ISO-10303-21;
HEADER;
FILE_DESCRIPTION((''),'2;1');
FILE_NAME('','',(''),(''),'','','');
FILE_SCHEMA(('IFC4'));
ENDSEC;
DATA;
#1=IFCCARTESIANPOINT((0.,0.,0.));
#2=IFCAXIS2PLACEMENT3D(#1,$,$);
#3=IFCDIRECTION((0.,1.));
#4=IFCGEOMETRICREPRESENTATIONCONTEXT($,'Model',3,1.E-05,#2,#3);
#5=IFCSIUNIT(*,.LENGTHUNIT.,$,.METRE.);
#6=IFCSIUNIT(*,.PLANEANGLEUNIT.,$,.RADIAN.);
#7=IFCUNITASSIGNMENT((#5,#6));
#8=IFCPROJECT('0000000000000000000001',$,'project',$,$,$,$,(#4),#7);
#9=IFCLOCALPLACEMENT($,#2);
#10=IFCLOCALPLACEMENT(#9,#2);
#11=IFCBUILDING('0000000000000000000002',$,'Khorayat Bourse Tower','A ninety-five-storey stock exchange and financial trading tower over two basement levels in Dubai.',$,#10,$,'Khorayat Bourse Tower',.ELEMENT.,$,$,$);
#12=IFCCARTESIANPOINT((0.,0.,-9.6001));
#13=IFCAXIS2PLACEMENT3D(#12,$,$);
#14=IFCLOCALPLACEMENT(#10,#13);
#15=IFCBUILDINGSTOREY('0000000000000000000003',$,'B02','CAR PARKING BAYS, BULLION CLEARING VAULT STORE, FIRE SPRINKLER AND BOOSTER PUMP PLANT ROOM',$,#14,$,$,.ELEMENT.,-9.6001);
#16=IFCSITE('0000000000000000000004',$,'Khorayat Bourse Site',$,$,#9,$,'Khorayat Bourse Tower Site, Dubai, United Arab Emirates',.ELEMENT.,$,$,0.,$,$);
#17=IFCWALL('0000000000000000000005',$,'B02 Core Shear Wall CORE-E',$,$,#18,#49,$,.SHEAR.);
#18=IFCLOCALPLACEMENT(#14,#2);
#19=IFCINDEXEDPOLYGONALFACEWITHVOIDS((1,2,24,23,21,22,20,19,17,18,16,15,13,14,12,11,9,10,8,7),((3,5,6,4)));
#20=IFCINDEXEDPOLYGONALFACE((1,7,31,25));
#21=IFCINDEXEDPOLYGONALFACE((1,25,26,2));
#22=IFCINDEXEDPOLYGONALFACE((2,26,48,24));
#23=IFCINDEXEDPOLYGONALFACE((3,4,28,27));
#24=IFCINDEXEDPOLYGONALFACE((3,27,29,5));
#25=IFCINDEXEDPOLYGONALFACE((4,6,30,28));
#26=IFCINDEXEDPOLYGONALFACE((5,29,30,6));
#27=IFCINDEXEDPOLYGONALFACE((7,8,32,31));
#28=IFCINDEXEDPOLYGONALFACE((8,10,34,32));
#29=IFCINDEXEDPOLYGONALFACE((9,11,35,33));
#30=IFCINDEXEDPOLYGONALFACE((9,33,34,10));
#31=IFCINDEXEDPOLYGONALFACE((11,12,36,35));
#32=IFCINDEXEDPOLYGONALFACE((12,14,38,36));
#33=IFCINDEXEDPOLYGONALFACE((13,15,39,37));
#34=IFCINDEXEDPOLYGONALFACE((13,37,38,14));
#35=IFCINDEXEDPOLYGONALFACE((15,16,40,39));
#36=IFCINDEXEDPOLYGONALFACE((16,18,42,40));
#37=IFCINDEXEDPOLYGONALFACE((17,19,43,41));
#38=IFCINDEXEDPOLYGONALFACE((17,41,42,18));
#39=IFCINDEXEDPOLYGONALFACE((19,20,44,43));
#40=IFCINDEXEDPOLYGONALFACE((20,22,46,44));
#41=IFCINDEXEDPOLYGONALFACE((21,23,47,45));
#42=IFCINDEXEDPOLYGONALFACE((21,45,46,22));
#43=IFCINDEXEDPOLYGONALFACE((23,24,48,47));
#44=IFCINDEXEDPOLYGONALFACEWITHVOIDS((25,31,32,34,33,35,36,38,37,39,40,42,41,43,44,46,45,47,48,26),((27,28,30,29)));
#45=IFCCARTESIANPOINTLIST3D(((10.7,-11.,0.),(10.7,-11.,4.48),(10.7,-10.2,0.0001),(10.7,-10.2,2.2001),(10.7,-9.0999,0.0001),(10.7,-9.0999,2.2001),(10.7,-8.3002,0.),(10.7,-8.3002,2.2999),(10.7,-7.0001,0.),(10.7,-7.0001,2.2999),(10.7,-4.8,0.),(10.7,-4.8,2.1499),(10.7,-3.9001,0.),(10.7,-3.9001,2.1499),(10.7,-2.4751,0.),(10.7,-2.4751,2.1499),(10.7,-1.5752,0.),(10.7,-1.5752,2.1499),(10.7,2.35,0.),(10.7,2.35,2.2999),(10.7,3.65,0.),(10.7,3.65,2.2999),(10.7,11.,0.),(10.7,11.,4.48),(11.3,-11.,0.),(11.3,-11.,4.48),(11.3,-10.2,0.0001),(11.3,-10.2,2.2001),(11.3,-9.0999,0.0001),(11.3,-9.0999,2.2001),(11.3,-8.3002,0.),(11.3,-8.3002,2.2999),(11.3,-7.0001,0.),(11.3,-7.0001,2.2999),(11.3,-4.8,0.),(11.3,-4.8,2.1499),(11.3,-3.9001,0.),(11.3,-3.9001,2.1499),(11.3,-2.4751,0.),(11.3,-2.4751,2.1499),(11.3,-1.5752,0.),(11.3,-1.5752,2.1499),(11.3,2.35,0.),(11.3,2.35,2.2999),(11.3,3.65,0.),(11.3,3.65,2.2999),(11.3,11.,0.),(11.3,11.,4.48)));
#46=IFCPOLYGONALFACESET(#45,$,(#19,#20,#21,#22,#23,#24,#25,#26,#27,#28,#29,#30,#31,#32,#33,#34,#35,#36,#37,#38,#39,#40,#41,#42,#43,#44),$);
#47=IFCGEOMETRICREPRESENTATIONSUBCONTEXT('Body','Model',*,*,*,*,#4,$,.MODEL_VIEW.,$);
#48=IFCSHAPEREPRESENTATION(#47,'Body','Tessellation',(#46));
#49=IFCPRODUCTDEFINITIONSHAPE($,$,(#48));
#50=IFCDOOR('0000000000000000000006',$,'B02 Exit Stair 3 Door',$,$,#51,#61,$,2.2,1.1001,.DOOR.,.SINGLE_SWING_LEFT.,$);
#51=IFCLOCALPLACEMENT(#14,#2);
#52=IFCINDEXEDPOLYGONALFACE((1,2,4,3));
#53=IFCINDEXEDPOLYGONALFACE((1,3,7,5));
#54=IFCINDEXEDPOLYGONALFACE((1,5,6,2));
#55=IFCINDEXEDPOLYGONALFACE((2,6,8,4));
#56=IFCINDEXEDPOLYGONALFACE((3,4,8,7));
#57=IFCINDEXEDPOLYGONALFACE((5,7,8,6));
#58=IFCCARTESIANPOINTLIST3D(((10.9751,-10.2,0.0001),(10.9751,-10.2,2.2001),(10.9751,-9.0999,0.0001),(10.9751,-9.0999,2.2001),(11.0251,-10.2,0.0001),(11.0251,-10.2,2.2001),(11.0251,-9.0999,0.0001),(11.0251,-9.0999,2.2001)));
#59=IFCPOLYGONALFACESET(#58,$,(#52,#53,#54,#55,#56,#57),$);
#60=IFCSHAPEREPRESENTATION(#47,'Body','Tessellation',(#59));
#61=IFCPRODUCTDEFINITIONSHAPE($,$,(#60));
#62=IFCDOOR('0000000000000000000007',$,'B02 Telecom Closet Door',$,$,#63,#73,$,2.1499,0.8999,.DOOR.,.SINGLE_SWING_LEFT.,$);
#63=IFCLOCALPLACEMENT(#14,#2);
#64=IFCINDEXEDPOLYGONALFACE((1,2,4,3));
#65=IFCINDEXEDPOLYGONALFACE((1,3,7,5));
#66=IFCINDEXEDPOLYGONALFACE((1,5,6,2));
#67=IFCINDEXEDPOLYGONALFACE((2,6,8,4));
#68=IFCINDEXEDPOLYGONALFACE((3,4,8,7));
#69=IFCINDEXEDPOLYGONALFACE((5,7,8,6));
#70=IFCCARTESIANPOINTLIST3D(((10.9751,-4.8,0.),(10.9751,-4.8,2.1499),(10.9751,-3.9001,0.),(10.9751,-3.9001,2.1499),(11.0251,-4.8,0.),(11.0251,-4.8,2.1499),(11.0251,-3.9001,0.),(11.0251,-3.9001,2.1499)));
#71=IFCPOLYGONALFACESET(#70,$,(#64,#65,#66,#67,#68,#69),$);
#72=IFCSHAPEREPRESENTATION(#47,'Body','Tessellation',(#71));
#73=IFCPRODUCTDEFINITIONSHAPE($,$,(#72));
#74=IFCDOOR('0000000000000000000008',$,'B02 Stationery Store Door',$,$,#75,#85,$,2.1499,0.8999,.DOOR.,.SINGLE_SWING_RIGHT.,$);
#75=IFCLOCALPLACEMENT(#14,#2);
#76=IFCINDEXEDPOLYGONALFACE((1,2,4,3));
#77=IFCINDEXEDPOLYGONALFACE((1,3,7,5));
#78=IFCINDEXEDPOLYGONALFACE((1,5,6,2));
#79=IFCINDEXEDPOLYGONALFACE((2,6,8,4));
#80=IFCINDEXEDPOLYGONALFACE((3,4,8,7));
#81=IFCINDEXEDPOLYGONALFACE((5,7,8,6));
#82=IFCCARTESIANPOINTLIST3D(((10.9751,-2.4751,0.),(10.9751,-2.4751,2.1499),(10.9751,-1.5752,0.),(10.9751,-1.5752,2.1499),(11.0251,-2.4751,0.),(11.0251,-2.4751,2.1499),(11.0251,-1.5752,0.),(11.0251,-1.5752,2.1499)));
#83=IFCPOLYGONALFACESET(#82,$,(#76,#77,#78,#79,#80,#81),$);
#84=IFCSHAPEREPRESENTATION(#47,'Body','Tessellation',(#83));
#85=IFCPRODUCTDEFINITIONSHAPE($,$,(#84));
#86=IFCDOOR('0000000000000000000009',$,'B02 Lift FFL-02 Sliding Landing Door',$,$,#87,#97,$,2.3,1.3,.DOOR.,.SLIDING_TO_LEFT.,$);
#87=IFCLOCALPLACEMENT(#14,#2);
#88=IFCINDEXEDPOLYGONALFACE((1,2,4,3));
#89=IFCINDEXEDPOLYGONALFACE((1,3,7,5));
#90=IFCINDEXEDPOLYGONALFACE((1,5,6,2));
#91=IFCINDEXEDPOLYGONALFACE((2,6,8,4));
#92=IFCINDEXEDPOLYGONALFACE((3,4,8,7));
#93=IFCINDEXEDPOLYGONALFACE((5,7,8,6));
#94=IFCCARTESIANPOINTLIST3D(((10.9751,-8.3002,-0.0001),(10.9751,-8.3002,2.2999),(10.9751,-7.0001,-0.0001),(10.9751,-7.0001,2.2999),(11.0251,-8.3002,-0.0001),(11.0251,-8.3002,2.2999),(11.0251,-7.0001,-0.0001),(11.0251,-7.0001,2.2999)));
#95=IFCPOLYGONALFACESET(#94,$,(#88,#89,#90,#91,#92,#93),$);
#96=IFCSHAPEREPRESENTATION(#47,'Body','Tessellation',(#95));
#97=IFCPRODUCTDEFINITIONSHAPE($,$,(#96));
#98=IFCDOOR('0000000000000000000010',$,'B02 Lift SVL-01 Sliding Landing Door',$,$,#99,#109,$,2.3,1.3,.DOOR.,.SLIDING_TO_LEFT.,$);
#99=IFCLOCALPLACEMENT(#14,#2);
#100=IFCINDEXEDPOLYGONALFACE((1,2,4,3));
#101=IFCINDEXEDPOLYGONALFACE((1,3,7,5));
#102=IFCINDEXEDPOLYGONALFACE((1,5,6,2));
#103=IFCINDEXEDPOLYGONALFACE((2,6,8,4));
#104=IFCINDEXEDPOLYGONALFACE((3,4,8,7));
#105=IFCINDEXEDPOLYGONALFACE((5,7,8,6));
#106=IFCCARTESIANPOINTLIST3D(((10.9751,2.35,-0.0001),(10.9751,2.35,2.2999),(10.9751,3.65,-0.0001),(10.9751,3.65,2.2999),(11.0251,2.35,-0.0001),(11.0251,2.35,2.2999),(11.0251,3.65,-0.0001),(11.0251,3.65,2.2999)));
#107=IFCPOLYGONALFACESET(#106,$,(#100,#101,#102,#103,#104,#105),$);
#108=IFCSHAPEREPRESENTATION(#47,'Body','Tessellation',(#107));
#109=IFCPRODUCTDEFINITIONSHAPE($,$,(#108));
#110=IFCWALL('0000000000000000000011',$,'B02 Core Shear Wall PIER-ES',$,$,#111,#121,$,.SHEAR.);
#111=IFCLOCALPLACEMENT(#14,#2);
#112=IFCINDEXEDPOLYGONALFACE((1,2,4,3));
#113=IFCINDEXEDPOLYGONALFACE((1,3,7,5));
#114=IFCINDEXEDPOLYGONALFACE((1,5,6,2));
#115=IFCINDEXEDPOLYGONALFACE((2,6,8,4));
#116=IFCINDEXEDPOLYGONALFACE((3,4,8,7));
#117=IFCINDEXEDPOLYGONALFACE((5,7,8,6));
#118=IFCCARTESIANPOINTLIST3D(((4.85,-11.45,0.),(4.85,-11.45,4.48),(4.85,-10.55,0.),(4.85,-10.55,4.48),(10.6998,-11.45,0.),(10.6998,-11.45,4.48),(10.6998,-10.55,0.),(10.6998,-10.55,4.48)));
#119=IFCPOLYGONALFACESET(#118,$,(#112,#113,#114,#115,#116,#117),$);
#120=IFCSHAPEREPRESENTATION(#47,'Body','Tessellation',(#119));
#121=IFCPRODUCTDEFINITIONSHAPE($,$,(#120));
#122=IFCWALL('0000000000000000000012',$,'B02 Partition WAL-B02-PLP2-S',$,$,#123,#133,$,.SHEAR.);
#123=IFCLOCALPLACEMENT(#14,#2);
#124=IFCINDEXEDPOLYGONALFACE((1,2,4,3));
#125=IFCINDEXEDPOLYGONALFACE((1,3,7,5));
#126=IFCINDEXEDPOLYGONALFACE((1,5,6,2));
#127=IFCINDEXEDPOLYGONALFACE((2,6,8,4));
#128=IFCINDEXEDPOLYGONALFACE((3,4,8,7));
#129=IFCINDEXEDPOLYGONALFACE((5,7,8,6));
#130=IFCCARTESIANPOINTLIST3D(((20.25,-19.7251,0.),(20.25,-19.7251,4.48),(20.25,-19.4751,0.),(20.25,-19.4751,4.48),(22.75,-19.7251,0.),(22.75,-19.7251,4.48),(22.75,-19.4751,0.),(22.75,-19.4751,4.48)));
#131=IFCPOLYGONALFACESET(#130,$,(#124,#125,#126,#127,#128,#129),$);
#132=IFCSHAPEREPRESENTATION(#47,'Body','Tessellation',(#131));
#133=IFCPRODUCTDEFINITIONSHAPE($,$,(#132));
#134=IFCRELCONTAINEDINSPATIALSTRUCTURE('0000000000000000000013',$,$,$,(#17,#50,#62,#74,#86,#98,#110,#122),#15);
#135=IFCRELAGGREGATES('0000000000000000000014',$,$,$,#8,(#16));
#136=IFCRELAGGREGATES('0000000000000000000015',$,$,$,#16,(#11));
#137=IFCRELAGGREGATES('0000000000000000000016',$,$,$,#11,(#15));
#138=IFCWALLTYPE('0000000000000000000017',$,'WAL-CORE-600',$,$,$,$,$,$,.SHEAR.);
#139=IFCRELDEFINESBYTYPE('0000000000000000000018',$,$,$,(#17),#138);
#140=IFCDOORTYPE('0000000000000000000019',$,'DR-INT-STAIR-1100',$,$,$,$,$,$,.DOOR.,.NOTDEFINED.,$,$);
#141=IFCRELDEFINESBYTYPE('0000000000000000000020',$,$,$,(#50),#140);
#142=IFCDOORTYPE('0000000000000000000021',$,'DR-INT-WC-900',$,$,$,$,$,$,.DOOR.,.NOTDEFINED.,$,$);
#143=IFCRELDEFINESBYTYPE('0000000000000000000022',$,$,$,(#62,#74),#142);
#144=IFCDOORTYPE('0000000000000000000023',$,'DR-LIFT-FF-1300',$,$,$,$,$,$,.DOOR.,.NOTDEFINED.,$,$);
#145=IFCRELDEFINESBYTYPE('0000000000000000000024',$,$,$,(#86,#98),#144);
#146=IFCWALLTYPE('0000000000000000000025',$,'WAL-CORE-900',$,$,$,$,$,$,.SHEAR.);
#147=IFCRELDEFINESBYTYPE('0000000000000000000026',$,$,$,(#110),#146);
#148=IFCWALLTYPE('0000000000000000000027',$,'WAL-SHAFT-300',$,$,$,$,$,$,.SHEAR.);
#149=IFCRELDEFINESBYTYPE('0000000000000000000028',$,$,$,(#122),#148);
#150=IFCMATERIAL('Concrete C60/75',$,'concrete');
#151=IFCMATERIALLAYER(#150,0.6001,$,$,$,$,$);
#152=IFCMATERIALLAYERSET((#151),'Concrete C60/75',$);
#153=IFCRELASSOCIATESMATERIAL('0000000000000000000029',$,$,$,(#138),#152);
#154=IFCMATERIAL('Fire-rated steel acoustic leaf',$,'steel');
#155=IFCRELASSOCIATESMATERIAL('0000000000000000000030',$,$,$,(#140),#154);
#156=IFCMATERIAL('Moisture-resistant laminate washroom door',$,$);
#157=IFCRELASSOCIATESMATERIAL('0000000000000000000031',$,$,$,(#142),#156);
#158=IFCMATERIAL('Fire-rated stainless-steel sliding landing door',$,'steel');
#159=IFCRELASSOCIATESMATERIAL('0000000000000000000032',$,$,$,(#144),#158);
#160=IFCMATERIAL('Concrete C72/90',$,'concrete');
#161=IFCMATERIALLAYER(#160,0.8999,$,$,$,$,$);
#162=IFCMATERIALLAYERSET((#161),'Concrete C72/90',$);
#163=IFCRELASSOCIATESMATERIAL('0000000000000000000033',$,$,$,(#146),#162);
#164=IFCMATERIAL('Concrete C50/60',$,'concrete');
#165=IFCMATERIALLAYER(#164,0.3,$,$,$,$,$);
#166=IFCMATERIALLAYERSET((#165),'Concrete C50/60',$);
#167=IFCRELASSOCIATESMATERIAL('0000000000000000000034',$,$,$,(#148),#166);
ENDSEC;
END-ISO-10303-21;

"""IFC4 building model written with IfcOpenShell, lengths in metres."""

from ifc_helpers import new_model, si_unit, direction, frame, frame_2d, origin, place, context, subcontext, project, spatial, rectangle, extrude, source, transform, mapped, material, layer, layer_set, type_object, element, fill, save


model = new_model("IFC4")

# Units and contexts
model_context = context("Model", 3, precision=1e-05, world=origin(), true_north=direction((0.0, 1.0)))
body_context = subcontext(model_context, "Body", "Model", "MODEL_VIEW")
ifc_project = project(units=[si_unit("LENGTHUNIT", "METRE"), si_unit("PLANEANGLEUNIT", "RADIAN")], contexts=[model_context])

# Site, building, storey
site_placement = place(None, origin())
site = spatial("IfcSite", under=ifc_project, at=site_placement, Name="Khorayat Bourse Site", LongName="Khorayat Bourse Tower Site, Dubai, United Arab Emirates", CompositionType="ELEMENT", RefElevation=0.0)
building_placement = place(site_placement, origin())
building = spatial("IfcBuilding", under=site, at=building_placement, Name="Khorayat Bourse Tower", Description="A ninety-five-storey stock exchange and financial trading tower over two basement levels in Dubai.", LongName="Khorayat Bourse Tower", CompositionType="ELEMENT")
storey_placement = place(building_placement, frame((0.0, 0.0, -9.6001)))
storey = spatial("IfcBuildingStorey", under=building, at=storey_placement, Name="B02", Description="CAR PARKING BAYS, BULLION CLEARING VAULT STORE, FIRE SPRINKLER AND BOOSTER PUMP PLANT ROOM", CompositionType="ELEMENT", Elevation=-9.6001)

# Shared definitions
ifc_material_1 = material(Name="Concrete C50/60", Category="concrete")

# Shared definitions
ifc_material_2 = material(Name="Concrete C72/90", Category="concrete")

# Wall, openings, doors
ifc_material_3 = material(Name="Concrete C60/75", Category="concrete")
ifc_layer_1 = layer(ifc_material_3, 0.6001)
ifc_layer_set_1 = layer_set([ifc_layer_1], Name="Concrete C60/75")
wall_type_1 = type_object("IfcWallType", Name="WAL-CORE-600", PredefinedType="SHEAR", material=ifc_layer_set_1)
shared_shape_1 = source(origin(), body_context, "Body", "SweptSolid", [
    extrude(rectangle(XDim=22.0, YDim=0.6001, at=frame_2d((11.0, 0.0))), origin(), (0.0, 0.0, 1.0), 4.48),
])
wall_1_placement = place(storey_placement, frame((11.0, -11.0, 0.0), z_axis=(0.0, 0.0, 1.0), x_axis=(0.0, 1.0, 0.0)))
wall_1 = element("IfcWall", 1, at=wall_1_placement, inside=storey, type_object=wall_type_1, Name="B02 Core Shear Wall CORE-E", PredefinedType="SHEAR", context=body_context, shape_type="MappedRepresentation", body=[
    mapped(shared_shape_1, transform((0.0, 0.0, 0.0), scale=1.0)),
])
shared_shape_2 = source(origin(), body_context, "Body", "SweptSolid", [
    extrude(rectangle(XDim=1.1001, YDim=2.2, at=frame_2d((0.55, 1.1001))), frame((0.0, 0.3101, 0.0), z_axis=(0.0, -1.0, 0.0), x_axis=(1.0, 0.0, 0.0)), (0.0, 0.0, 1.0), 0.6201),
])
opening_1_placement = place(wall_1_placement, frame((0.8, 0.0, 0.0)))
opening_1 = element("IfcOpeningElement", 2, at=opening_1_placement, cuts=wall_1, PredefinedType="OPENING", context=body_context, shape_type="MappedRepresentation", body=[
    mapped(shared_shape_2, transform((0.0, 0.0, 0.0), scale=1.0)),
])
shared_shape_3 = source(origin(), body_context, "Body", "SweptSolid", [
    extrude(rectangle(XDim=0.8999, YDim=2.1499, at=frame_2d((0.45, 1.075))), frame((0.0, 0.3101, 0.0), z_axis=(0.0, -1.0, 0.0), x_axis=(1.0, 0.0, 0.0)), (0.0, 0.0, 1.0), 0.6201),
])
opening_2_placement = place(wall_1_placement, frame((6.2, 0.0, 0.0)))
opening_2 = element("IfcOpeningElement", 3, at=opening_2_placement, cuts=wall_1, PredefinedType="OPENING", context=body_context, shape_type="MappedRepresentation", body=[
    mapped(shared_shape_3, transform((0.0, 0.0, 0.0), scale=1.0)),
])
opening_3_placement = place(wall_1_placement, frame((8.5249, 0.0, 0.0)))
opening_3 = element("IfcOpeningElement", 4, at=opening_3_placement, cuts=wall_1, PredefinedType="OPENING", context=body_context, shape_type="MappedRepresentation", body=[
    mapped(shared_shape_3, transform((0.0, 0.0, 0.0), scale=1.0)),
])
shared_shape_4 = source(origin(), body_context, "Body", "SweptSolid", [
    extrude(rectangle(XDim=1.3, YDim=2.3, at=frame_2d((0.6499, 1.1499))), frame((0.0, 0.3101, 0.0), z_axis=(0.0, -1.0, 0.0), x_axis=(1.0, 0.0, 0.0)), (0.0, 0.0, 1.0), 0.6201),
])
opening_4_placement = place(wall_1_placement, frame((2.7, 0.0, 0.0)))
opening_4 = element("IfcOpeningElement", 5, at=opening_4_placement, cuts=wall_1, PredefinedType="OPENING", context=body_context, shape_type="MappedRepresentation", body=[
    mapped(shared_shape_4, transform((0.0, 0.0, 0.0), scale=1.0)),
])
opening_5_placement = place(wall_1_placement, frame((13.3501, 0.0, 0.0)))
opening_5 = element("IfcOpeningElement", 6, at=opening_5_placement, cuts=wall_1, PredefinedType="OPENING", context=body_context, shape_type="MappedRepresentation", body=[
    mapped(shared_shape_4, transform((0.0, 0.0, 0.0), scale=1.0)),
])
ifc_material_4 = material(Name="Fire-rated steel acoustic leaf", Category="steel")
door_type_1 = type_object("IfcDoorType", Name="DR-INT-STAIR-1100", OperationType="NOTDEFINED", PredefinedType="DOOR", material=ifc_material_4)
shared_shape_5 = source(origin(), body_context, "Body", "SweptSolid", [
    extrude(rectangle(XDim=1.1001, YDim=2.2, at=frame_2d((0.55, 1.1001))), frame((0.0, 0.0249, 0.0), z_axis=(0.0, -1.0, 0.0), x_axis=(1.0, 0.0, 0.0)), (0.0, 0.0, 1.0), 0.05),
])
door_1_placement = place(opening_1_placement, origin())
door_1 = element("IfcDoor", 7, at=door_1_placement, inside=storey, type_object=door_type_1, Name="B02 Exit Stair 3 Door", OperationType="SINGLE_SWING_LEFT", OverallHeight=2.2, OverallWidth=1.1001, PredefinedType="DOOR", context=body_context, shape_type="MappedRepresentation", body=[
    mapped(shared_shape_5, transform((0.0, 0.0, 0.0), scale=1.0)),
])
fill(opening_1, door_1)
ifc_material_5 = material(Name="Moisture-resistant laminate washroom door")
door_type_2 = type_object("IfcDoorType", Name="DR-INT-WC-900", OperationType="NOTDEFINED", PredefinedType="DOOR", material=ifc_material_5)
shared_shape_6 = source(origin(), body_context, "Body", "SweptSolid", [
    extrude(rectangle(XDim=0.8999, YDim=2.1499, at=frame_2d((0.45, 1.075))), frame((0.0, 0.0249, 0.0), z_axis=(0.0, -1.0, 0.0), x_axis=(1.0, 0.0, 0.0)), (0.0, 0.0, 1.0), 0.05),
])
door_2_placement = place(opening_2_placement, origin())
door_2 = element("IfcDoor", 8, at=door_2_placement, inside=storey, type_object=door_type_2, Name="B02 Telecom Closet Door", OperationType="SINGLE_SWING_LEFT", OverallHeight=2.1499, OverallWidth=0.8999, PredefinedType="DOOR", context=body_context, shape_type="MappedRepresentation", body=[
    mapped(shared_shape_6, transform((0.0, 0.0, 0.0), scale=1.0)),
])
fill(opening_2, door_2)
door_3_placement = place(opening_3_placement, origin())
door_3 = element("IfcDoor", 9, at=door_3_placement, inside=storey, type_object=door_type_2, Name="B02 Stationery Store Door", OperationType="SINGLE_SWING_RIGHT", OverallHeight=2.1499, OverallWidth=0.8999, PredefinedType="DOOR", context=body_context, shape_type="MappedRepresentation", body=[
    mapped(shared_shape_6, transform((0.0, 0.0, 0.0), scale=1.0)),
])
fill(opening_3, door_3)
ifc_material_6 = material(Name="Fire-rated stainless-steel sliding landing door", Category="steel")
door_type_3 = type_object("IfcDoorType", Name="DR-LIFT-FF-1300", OperationType="NOTDEFINED", PredefinedType="DOOR", material=ifc_material_6)
shared_shape_7 = source(origin(), body_context, "Body", "SweptSolid", [
    extrude(rectangle(XDim=1.3, YDim=2.3, at=frame_2d((0.6499, 1.1499))), frame((0.0, 0.0249, 0.0), z_axis=(0.0, -1.0, 0.0), x_axis=(1.0, 0.0, 0.0)), (0.0, 0.0, 1.0), 0.05),
])
door_4_placement = place(opening_4_placement, origin())
door_4 = element("IfcDoor", 10, at=door_4_placement, inside=storey, type_object=door_type_3, Name="B02 Lift FFL-02 Sliding Landing Door", OperationType="SLIDING_TO_LEFT", OverallHeight=2.3, OverallWidth=1.3, PredefinedType="DOOR", context=body_context, shape_type="MappedRepresentation", body=[
    mapped(shared_shape_7, transform((0.0, 0.0, 0.0), scale=1.0)),
])
fill(opening_4, door_4)
door_5_placement = place(opening_5_placement, origin())
door_5 = element("IfcDoor", 11, at=door_5_placement, inside=storey, type_object=door_type_3, Name="B02 Lift SVL-01 Sliding Landing Door", OperationType="SLIDING_TO_LEFT", OverallHeight=2.3, OverallWidth=1.3, PredefinedType="DOOR", context=body_context, shape_type="MappedRepresentation", body=[
    mapped(shared_shape_7, transform((0.0, 0.0, 0.0), scale=1.0)),
])
fill(opening_5, door_5)

# Walls
ifc_layer_2 = layer(ifc_material_2, 0.8999)
ifc_layer_set_2 = layer_set([ifc_layer_2], Name="Concrete C72/90")
wall_type_2 = type_object("IfcWallType", Name="WAL-CORE-900", PredefinedType="SHEAR", material=ifc_layer_set_2)
shared_shape_8 = source(origin(), body_context, "Body", "SweptSolid", [
    extrude(rectangle(XDim=5.8499, YDim=0.8999, at=frame_2d((2.9248, 0.0))), origin(), (0.0, 0.0, 1.0), 4.48),
])
wall_2_placement = place(storey_placement, frame((4.8501, -11.0, 0.0), z_axis=(0.0, 0.0, 1.0), x_axis=(1.0, 0.0, 0.0)))
element("IfcWall", 12, at=wall_2_placement, inside=storey, type_object=wall_type_2, Name="B02 Core Shear Wall PIER-ES", PredefinedType="SHEAR", context=body_context, shape_type="MappedRepresentation", body=[
    mapped(shared_shape_8, transform((0.0, 0.0, 0.0), scale=1.0)),
])
ifc_layer_3 = layer(ifc_material_1, 0.3)
ifc_layer_set_3 = layer_set([ifc_layer_3], Name="Concrete C50/60")
wall_type_3 = type_object("IfcWallType", Name="WAL-SHAFT-300", PredefinedType="SHEAR", material=ifc_layer_set_3)
shared_shape_9 = source(origin(), body_context, "Body", "SweptSolid", [
    extrude(rectangle(XDim=2.5, YDim=0.25, at=frame_2d((1.25, 0.0))), origin(), (0.0, 0.0, 1.0), 4.48),
])
wall_3_placement = place(storey_placement, frame((20.25, -19.6001, 0.0), z_axis=(0.0, 0.0, 1.0), x_axis=(1.0, 0.0, 0.0)))
element("IfcWall", 13, at=wall_3_placement, inside=storey, type_object=wall_type_3, Name="B02 Partition WAL-B02-PLP2-S", PredefinedType="SHEAR", context=body_context, shape_type="MappedRepresentation", body=[
    mapped(shared_shape_9, transform((0.0, 0.0, 0.0), scale=1.0)),
])

save(model, "model.ifc")
